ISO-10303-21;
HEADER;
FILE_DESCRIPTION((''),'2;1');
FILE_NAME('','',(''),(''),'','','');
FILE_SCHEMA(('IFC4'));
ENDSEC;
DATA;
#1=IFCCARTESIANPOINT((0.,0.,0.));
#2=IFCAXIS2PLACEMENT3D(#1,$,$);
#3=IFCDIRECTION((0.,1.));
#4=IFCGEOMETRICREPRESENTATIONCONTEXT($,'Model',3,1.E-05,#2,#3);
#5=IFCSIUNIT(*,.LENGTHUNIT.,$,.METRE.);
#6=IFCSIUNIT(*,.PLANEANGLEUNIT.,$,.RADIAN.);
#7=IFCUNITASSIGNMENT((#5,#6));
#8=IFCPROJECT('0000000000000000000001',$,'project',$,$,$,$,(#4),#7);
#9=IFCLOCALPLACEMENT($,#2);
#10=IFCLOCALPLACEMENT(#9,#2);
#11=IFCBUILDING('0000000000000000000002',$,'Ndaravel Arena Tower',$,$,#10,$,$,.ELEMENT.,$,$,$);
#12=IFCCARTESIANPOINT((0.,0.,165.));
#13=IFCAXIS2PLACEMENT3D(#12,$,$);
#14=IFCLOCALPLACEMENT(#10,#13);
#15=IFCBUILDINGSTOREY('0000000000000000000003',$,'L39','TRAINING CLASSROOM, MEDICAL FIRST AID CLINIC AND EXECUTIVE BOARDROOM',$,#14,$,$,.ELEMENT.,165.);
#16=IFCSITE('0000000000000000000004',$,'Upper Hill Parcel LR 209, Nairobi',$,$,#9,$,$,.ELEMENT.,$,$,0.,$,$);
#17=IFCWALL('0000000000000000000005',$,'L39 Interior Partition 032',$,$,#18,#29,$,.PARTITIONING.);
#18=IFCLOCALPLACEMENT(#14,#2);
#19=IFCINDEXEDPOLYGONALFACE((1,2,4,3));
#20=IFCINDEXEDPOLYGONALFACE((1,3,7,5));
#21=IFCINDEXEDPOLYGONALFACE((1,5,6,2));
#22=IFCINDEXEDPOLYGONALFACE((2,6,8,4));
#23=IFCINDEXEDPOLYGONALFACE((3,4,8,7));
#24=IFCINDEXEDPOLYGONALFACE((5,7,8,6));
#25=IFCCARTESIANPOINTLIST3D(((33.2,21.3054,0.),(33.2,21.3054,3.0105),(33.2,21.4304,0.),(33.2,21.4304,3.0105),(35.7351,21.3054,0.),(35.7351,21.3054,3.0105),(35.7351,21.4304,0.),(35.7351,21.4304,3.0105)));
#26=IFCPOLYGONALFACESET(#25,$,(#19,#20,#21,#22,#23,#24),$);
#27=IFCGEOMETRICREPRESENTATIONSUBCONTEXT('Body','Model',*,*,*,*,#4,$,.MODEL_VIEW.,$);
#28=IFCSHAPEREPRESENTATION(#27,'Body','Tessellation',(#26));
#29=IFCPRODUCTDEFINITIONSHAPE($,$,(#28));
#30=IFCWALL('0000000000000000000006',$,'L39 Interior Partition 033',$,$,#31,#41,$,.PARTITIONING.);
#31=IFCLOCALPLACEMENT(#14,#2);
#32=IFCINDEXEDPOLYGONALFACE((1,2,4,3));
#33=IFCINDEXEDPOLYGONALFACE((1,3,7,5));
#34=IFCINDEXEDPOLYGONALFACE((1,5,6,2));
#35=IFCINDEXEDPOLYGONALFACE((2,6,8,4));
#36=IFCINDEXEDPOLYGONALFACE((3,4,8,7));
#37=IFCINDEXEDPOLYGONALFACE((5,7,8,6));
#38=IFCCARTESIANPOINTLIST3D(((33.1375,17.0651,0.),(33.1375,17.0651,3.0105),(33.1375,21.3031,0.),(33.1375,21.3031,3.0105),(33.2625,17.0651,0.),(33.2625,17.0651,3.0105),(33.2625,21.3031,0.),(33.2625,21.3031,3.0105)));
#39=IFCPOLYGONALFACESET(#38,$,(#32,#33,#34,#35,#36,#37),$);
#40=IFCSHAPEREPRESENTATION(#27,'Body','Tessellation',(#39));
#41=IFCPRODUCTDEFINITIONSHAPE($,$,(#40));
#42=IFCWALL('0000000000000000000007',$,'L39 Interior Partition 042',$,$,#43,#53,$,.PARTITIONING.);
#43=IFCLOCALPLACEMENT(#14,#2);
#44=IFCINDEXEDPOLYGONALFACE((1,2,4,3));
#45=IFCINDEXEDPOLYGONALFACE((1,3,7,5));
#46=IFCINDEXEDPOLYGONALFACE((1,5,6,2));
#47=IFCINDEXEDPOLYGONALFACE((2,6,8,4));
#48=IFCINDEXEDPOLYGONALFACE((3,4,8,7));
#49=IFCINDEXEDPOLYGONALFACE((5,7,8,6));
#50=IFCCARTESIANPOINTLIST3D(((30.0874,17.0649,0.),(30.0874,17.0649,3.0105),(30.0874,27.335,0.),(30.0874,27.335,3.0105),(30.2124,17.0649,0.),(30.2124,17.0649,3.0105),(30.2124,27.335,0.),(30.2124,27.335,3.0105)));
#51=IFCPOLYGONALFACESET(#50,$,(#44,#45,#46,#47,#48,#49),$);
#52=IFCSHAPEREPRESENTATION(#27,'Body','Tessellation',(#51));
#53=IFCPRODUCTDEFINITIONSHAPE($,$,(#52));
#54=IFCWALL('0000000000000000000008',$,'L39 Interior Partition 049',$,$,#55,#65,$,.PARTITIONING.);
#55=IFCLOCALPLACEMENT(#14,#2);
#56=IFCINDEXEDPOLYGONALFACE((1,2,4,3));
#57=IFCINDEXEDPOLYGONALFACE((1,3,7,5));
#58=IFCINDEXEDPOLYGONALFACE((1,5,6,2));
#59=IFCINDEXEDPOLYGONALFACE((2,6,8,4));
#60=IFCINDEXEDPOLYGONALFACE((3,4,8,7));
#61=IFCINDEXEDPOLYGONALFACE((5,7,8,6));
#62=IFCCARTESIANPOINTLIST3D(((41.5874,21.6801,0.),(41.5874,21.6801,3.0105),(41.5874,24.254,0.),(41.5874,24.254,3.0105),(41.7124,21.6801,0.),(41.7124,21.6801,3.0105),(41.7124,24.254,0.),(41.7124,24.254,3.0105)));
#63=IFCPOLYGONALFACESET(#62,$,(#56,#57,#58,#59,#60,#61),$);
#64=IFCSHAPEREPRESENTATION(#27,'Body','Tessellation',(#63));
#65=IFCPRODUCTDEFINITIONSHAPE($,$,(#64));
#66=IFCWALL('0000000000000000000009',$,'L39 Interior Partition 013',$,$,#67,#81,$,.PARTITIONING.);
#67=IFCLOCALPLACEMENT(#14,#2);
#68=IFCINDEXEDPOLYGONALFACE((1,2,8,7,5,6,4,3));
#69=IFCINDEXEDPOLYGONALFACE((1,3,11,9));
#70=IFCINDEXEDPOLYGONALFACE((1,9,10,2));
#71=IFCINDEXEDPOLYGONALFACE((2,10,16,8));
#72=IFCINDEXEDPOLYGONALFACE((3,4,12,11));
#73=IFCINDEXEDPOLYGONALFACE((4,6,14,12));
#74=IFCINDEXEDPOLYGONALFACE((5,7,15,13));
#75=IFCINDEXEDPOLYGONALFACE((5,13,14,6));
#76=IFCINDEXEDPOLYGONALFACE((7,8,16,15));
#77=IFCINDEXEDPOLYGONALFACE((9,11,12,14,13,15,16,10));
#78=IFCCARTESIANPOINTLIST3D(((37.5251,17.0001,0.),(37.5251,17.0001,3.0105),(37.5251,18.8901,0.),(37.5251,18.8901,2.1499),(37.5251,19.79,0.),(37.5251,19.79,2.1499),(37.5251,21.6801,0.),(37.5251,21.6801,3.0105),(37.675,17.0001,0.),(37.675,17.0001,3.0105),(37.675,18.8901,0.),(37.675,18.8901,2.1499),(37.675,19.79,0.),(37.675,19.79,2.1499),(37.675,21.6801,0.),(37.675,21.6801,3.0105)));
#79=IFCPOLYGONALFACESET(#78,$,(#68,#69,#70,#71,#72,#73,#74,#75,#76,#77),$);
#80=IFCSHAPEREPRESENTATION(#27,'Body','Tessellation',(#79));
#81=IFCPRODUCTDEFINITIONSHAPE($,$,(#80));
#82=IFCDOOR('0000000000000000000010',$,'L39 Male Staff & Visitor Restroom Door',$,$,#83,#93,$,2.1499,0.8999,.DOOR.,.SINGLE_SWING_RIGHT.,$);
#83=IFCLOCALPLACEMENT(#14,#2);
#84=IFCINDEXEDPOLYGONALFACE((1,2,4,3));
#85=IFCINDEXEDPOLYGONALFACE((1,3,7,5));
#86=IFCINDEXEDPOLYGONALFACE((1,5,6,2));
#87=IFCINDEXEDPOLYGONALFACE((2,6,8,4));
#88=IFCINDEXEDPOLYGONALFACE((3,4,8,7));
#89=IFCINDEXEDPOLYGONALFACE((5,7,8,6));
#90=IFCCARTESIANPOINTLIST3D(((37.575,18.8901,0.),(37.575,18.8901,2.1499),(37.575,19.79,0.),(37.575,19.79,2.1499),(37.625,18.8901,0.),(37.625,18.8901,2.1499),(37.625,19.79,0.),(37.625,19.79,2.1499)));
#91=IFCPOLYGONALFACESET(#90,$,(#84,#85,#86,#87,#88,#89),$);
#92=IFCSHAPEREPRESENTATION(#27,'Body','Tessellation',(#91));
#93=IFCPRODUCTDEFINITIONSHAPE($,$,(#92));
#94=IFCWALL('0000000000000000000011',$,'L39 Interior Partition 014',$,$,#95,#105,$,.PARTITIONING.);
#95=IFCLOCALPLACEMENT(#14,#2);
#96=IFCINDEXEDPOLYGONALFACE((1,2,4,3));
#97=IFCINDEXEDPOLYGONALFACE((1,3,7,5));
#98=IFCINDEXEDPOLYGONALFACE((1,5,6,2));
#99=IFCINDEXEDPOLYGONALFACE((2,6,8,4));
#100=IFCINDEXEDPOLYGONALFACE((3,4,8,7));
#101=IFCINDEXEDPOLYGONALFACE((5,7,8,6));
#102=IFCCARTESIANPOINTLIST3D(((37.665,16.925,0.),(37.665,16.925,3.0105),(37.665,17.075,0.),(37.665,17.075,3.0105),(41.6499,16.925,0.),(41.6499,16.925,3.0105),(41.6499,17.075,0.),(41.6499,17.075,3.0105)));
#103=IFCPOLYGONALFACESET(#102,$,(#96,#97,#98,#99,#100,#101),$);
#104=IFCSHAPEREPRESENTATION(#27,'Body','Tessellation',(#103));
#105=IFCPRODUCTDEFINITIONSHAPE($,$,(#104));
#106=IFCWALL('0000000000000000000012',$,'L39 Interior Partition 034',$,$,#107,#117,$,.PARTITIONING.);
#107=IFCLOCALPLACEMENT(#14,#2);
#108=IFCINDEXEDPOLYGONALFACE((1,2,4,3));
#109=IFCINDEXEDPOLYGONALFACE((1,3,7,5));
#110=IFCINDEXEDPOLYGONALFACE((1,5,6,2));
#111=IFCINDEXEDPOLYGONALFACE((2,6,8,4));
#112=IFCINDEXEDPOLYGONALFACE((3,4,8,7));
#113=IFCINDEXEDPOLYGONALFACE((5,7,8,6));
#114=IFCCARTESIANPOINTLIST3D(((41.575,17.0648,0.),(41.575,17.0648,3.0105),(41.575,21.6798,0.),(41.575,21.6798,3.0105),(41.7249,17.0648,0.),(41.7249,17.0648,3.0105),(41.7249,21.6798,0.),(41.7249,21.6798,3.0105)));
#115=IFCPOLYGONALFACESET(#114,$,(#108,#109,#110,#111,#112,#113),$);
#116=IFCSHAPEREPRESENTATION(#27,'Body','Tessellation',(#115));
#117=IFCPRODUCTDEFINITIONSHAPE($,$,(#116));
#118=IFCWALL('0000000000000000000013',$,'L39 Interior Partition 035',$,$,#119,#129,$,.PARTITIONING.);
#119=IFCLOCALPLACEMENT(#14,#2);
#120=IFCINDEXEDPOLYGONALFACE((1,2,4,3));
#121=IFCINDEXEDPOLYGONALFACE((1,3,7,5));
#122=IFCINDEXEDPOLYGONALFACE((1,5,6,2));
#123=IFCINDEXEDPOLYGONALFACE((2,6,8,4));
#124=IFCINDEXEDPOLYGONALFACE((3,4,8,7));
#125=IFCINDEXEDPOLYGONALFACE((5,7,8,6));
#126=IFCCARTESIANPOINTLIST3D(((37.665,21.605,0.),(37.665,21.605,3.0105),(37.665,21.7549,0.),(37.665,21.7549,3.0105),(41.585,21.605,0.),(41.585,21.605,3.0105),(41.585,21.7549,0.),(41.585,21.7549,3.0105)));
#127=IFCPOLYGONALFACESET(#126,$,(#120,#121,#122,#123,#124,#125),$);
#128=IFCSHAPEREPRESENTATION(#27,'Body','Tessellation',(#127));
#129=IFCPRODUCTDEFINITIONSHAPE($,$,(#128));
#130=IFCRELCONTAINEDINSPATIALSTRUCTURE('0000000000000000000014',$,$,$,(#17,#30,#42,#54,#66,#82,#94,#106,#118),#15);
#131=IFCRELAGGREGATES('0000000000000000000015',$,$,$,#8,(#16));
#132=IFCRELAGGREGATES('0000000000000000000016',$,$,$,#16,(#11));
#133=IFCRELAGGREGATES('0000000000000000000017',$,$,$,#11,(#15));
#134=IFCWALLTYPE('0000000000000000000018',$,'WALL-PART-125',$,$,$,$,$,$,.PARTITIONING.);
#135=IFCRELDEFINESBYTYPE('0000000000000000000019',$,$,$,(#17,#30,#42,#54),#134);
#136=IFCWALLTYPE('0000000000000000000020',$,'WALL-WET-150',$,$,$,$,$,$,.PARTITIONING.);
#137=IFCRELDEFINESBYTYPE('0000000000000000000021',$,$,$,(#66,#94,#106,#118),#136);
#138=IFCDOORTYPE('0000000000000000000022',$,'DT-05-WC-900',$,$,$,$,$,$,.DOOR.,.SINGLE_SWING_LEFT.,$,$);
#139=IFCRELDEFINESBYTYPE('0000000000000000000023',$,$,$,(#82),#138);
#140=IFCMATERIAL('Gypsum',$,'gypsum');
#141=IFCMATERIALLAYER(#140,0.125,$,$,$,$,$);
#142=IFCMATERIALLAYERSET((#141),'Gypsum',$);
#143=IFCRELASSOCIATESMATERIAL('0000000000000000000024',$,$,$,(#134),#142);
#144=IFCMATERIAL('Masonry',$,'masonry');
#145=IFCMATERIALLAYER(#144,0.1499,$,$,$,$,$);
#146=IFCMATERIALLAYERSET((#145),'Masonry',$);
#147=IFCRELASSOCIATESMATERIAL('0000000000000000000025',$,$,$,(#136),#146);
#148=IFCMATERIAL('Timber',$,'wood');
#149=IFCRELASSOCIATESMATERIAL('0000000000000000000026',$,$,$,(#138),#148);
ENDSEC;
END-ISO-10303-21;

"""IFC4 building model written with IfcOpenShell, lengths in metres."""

from ifc_helpers import new_model, si_unit, direction, frame, frame_2d, origin, place, context, subcontext, project, spatial, rectangle, extrude, material, layer, layer_set, type_object, element, fill, save


model = new_model("IFC4")

# Units and contexts
model_context = context("Model", 3, precision=1e-05, world=origin(), true_north=direction((0.0, 1.0)))
body_context = subcontext(model_context, "Body", "Model", "MODEL_VIEW")
ifc_project = project(units=[si_unit("LENGTHUNIT", "METRE"), si_unit("PLANEANGLEUNIT", "RADIAN")], contexts=[model_context])

# Site, building, storey
site_placement = place(None, origin())
site = spatial("IfcSite", under=ifc_project, at=site_placement, Name="Upper Hill Parcel LR 209, Nairobi", CompositionType="ELEMENT", RefElevation=0.0)
building_placement = place(site_placement, origin())
building = spatial("IfcBuilding", under=site, at=building_placement, Name="Ndaravel Arena Tower", CompositionType="ELEMENT")
storey_placement = place(building_placement, frame((0.0, 0.0, 165.0)))
storey = spatial("IfcBuildingStorey", under=building, at=storey_placement, Name="L39", Description="TRAINING CLASSROOM, MEDICAL FIRST AID CLINIC AND EXECUTIVE BOARDROOM", CompositionType="ELEMENT", Elevation=165.0)

# Shared definitions
ifc_material_1 = material(Name="Gypsum", Category="gypsum")
ifc_layer_1 = layer(ifc_material_1, 0.125)
ifc_layer_set_1 = layer_set([ifc_layer_1], Name="Gypsum")
wall_type_1 = type_object("IfcWallType", Name="WALL-PART-125", PredefinedType="PARTITIONING", material=ifc_layer_set_1)

# Walls
wall_1_placement = place(storey_placement, frame((33.2, 21.3679, 0.0), z_axis=(0.0, 0.0, 1.0), x_axis=(1.0, 0.0, 0.0)))
element("IfcWall", 1, at=wall_1_placement, inside=storey, type_object=wall_type_1, Name="L39 Interior Partition 032", PredefinedType="PARTITIONING", context=body_context, shape_type="SweptSolid", body=[
    extrude(rectangle(XDim=2.5352, YDim=0.125, at=frame_2d((1.2676, 0.0))), origin(), (0.0, 0.0, 1.0), 3.0105),
])
wall_2_placement = place(storey_placement, frame((33.2, 17.0649, 0.0), z_axis=(0.0, 0.0, 1.0), x_axis=(0.0, 1.0, 0.0)))
element("IfcWall", 2, at=wall_2_placement, inside=storey, type_object=wall_type_1, Name="L39 Interior Partition 033", PredefinedType="PARTITIONING", context=body_context, shape_type="SweptSolid", body=[
    extrude(rectangle(XDim=4.238, YDim=0.125, at=frame_2d((2.1191, 0.0))), origin(), (0.0, 0.0, 1.0), 3.0105),
])
wall_3_placement = place(storey_placement, frame((30.1499, 27.335, 0.0), z_axis=(0.0, 0.0, 1.0), x_axis=(0.0, -1.0, 0.0)))
element("IfcWall", 3, at=wall_3_placement, inside=storey, type_object=wall_type_1, Name="L39 Interior Partition 042", PredefinedType="PARTITIONING", context=body_context, shape_type="SweptSolid", body=[
    extrude(rectangle(XDim=10.27, YDim=0.125, at=frame_2d((5.135, 0.0))), origin(), (0.0, 0.0, 1.0), 3.0105),
])
wall_4_placement = place(storey_placement, frame((41.6499, 21.6799, 0.0), z_axis=(0.0, 0.0, 1.0), x_axis=(0.0, 1.0, 0.0)))
element("IfcWall", 4, at=wall_4_placement, inside=storey, type_object=wall_type_1, Name="L39 Interior Partition 049", PredefinedType="PARTITIONING", context=body_context, shape_type="SweptSolid", body=[
    extrude(rectangle(XDim=2.574, YDim=0.125, at=frame_2d((1.2871, 0.0))), origin(), (0.0, 0.0, 1.0), 3.0105),
])

# Wall, opening, door
ifc_material_2 = material(Name="Masonry", Category="masonry")
ifc_layer_2 = layer(ifc_material_2, 0.1499)
ifc_layer_set_2 = layer_set([ifc_layer_2], Name="Masonry")
wall_type_2 = type_object("IfcWallType", Name="WALL-WET-150", PredefinedType="PARTITIONING", material=ifc_layer_set_2)
wall_5_placement = place(storey_placement, frame((37.6001, 21.6799, 0.0), z_axis=(0.0, 0.0, 1.0), x_axis=(0.0, -1.0, 0.0)))
wall_5 = element("IfcWall", 5, at=wall_5_placement, inside=storey, type_object=wall_type_2, Name="L39 Interior Partition 013", PredefinedType="PARTITIONING", context=body_context, shape_type="SweptSolid", body=[
    extrude(rectangle(XDim=4.6799, YDim=0.1499, at=frame_2d((2.3398, 0.0))), origin(), (0.0, 0.0, 1.0), 3.0105),
])
opening_1_placement = place(wall_5_placement, frame((1.8899, 0.0, 0.0)))
opening_1 = element("IfcOpeningElement", 6, at=opening_1_placement, cuts=wall_5, PredefinedType="OPENING", context=body_context, shape_type="SweptSolid", body=[
    extrude(rectangle(XDim=0.8999, YDim=2.1499, at=frame_2d((0.45, 1.075))), frame((0.0, 0.075, 0.0), z_axis=(0.0, -1.0, 0.0), x_axis=(1.0, 0.0, 0.0)), (0.0, 0.0, 1.0), 0.1499),
])
ifc_material_3 = material(Name="Timber", Category="wood")
door_type_1 = type_object("IfcDoorType", Name="DT-05-WC-900", OperationType="SINGLE_SWING_LEFT", PredefinedType="DOOR", material=ifc_material_3)
door_1_placement = place(opening_1_placement, origin())
door_1 = element("IfcDoor", 7, at=door_1_placement, inside=storey, type_object=door_type_1, Name="L39 Male Staff & Visitor Restroom Door", OperationType="SINGLE_SWING_RIGHT", OverallHeight=2.1499, OverallWidth=0.8999, PredefinedType="DOOR", context=body_context, shape_type="SweptSolid", body=[
    extrude(rectangle(XDim=0.8999, YDim=2.1499, at=frame_2d((0.45, 1.075))), frame((0.0, 0.0249, 0.0), z_axis=(0.0, -1.0, 0.0), x_axis=(1.0, 0.0, 0.0)), (0.0, 0.0, 1.0), 0.05),
])
fill(opening_1, door_1)

# Walls
wall_6_placement = place(storey_placement, frame((37.665, 17.0, 0.0), z_axis=(0.0, 0.0, 1.0), x_axis=(1.0, 0.0, 0.0)))
element("IfcWall", 8, at=wall_6_placement, inside=storey, type_object=wall_type_2, Name="L39 Interior Partition 014", PredefinedType="PARTITIONING", context=body_context, shape_type="SweptSolid", body=[
    extrude(rectangle(XDim=3.9849, YDim=0.1499, at=frame_2d((1.9924, 0.0))), origin(), (0.0, 0.0, 1.0), 3.0105),
])
wall_7_placement = place(storey_placement, frame((41.6499, 21.6799, 0.0), z_axis=(0.0, 0.0, 1.0), x_axis=(0.0, -1.0, 0.0)))
element("IfcWall", 9, at=wall_7_placement, inside=storey, type_object=wall_type_2, Name="L39 Interior Partition 034", PredefinedType="PARTITIONING", context=body_context, shape_type="SweptSolid", body=[
    extrude(rectangle(XDim=4.615, YDim=0.1499, at=frame_2d((2.3076, 0.0))), origin(), (0.0, 0.0, 1.0), 3.0105),
])
wall_8_placement = place(storey_placement, frame((37.665, 21.6799, 0.0), z_axis=(0.0, 0.0, 1.0), x_axis=(1.0, 0.0, 0.0)))
element("IfcWall", 10, at=wall_8_placement, inside=storey, type_object=wall_type_2, Name="L39 Interior Partition 035", PredefinedType="PARTITIONING", context=body_context, shape_type="SweptSolid", body=[
    extrude(rectangle(XDim=3.9199, YDim=0.1499, at=frame_2d((1.96, 0.0))), origin(), (0.0, 0.0, 1.0), 3.0105),
])

save(model, "model.ifc")
